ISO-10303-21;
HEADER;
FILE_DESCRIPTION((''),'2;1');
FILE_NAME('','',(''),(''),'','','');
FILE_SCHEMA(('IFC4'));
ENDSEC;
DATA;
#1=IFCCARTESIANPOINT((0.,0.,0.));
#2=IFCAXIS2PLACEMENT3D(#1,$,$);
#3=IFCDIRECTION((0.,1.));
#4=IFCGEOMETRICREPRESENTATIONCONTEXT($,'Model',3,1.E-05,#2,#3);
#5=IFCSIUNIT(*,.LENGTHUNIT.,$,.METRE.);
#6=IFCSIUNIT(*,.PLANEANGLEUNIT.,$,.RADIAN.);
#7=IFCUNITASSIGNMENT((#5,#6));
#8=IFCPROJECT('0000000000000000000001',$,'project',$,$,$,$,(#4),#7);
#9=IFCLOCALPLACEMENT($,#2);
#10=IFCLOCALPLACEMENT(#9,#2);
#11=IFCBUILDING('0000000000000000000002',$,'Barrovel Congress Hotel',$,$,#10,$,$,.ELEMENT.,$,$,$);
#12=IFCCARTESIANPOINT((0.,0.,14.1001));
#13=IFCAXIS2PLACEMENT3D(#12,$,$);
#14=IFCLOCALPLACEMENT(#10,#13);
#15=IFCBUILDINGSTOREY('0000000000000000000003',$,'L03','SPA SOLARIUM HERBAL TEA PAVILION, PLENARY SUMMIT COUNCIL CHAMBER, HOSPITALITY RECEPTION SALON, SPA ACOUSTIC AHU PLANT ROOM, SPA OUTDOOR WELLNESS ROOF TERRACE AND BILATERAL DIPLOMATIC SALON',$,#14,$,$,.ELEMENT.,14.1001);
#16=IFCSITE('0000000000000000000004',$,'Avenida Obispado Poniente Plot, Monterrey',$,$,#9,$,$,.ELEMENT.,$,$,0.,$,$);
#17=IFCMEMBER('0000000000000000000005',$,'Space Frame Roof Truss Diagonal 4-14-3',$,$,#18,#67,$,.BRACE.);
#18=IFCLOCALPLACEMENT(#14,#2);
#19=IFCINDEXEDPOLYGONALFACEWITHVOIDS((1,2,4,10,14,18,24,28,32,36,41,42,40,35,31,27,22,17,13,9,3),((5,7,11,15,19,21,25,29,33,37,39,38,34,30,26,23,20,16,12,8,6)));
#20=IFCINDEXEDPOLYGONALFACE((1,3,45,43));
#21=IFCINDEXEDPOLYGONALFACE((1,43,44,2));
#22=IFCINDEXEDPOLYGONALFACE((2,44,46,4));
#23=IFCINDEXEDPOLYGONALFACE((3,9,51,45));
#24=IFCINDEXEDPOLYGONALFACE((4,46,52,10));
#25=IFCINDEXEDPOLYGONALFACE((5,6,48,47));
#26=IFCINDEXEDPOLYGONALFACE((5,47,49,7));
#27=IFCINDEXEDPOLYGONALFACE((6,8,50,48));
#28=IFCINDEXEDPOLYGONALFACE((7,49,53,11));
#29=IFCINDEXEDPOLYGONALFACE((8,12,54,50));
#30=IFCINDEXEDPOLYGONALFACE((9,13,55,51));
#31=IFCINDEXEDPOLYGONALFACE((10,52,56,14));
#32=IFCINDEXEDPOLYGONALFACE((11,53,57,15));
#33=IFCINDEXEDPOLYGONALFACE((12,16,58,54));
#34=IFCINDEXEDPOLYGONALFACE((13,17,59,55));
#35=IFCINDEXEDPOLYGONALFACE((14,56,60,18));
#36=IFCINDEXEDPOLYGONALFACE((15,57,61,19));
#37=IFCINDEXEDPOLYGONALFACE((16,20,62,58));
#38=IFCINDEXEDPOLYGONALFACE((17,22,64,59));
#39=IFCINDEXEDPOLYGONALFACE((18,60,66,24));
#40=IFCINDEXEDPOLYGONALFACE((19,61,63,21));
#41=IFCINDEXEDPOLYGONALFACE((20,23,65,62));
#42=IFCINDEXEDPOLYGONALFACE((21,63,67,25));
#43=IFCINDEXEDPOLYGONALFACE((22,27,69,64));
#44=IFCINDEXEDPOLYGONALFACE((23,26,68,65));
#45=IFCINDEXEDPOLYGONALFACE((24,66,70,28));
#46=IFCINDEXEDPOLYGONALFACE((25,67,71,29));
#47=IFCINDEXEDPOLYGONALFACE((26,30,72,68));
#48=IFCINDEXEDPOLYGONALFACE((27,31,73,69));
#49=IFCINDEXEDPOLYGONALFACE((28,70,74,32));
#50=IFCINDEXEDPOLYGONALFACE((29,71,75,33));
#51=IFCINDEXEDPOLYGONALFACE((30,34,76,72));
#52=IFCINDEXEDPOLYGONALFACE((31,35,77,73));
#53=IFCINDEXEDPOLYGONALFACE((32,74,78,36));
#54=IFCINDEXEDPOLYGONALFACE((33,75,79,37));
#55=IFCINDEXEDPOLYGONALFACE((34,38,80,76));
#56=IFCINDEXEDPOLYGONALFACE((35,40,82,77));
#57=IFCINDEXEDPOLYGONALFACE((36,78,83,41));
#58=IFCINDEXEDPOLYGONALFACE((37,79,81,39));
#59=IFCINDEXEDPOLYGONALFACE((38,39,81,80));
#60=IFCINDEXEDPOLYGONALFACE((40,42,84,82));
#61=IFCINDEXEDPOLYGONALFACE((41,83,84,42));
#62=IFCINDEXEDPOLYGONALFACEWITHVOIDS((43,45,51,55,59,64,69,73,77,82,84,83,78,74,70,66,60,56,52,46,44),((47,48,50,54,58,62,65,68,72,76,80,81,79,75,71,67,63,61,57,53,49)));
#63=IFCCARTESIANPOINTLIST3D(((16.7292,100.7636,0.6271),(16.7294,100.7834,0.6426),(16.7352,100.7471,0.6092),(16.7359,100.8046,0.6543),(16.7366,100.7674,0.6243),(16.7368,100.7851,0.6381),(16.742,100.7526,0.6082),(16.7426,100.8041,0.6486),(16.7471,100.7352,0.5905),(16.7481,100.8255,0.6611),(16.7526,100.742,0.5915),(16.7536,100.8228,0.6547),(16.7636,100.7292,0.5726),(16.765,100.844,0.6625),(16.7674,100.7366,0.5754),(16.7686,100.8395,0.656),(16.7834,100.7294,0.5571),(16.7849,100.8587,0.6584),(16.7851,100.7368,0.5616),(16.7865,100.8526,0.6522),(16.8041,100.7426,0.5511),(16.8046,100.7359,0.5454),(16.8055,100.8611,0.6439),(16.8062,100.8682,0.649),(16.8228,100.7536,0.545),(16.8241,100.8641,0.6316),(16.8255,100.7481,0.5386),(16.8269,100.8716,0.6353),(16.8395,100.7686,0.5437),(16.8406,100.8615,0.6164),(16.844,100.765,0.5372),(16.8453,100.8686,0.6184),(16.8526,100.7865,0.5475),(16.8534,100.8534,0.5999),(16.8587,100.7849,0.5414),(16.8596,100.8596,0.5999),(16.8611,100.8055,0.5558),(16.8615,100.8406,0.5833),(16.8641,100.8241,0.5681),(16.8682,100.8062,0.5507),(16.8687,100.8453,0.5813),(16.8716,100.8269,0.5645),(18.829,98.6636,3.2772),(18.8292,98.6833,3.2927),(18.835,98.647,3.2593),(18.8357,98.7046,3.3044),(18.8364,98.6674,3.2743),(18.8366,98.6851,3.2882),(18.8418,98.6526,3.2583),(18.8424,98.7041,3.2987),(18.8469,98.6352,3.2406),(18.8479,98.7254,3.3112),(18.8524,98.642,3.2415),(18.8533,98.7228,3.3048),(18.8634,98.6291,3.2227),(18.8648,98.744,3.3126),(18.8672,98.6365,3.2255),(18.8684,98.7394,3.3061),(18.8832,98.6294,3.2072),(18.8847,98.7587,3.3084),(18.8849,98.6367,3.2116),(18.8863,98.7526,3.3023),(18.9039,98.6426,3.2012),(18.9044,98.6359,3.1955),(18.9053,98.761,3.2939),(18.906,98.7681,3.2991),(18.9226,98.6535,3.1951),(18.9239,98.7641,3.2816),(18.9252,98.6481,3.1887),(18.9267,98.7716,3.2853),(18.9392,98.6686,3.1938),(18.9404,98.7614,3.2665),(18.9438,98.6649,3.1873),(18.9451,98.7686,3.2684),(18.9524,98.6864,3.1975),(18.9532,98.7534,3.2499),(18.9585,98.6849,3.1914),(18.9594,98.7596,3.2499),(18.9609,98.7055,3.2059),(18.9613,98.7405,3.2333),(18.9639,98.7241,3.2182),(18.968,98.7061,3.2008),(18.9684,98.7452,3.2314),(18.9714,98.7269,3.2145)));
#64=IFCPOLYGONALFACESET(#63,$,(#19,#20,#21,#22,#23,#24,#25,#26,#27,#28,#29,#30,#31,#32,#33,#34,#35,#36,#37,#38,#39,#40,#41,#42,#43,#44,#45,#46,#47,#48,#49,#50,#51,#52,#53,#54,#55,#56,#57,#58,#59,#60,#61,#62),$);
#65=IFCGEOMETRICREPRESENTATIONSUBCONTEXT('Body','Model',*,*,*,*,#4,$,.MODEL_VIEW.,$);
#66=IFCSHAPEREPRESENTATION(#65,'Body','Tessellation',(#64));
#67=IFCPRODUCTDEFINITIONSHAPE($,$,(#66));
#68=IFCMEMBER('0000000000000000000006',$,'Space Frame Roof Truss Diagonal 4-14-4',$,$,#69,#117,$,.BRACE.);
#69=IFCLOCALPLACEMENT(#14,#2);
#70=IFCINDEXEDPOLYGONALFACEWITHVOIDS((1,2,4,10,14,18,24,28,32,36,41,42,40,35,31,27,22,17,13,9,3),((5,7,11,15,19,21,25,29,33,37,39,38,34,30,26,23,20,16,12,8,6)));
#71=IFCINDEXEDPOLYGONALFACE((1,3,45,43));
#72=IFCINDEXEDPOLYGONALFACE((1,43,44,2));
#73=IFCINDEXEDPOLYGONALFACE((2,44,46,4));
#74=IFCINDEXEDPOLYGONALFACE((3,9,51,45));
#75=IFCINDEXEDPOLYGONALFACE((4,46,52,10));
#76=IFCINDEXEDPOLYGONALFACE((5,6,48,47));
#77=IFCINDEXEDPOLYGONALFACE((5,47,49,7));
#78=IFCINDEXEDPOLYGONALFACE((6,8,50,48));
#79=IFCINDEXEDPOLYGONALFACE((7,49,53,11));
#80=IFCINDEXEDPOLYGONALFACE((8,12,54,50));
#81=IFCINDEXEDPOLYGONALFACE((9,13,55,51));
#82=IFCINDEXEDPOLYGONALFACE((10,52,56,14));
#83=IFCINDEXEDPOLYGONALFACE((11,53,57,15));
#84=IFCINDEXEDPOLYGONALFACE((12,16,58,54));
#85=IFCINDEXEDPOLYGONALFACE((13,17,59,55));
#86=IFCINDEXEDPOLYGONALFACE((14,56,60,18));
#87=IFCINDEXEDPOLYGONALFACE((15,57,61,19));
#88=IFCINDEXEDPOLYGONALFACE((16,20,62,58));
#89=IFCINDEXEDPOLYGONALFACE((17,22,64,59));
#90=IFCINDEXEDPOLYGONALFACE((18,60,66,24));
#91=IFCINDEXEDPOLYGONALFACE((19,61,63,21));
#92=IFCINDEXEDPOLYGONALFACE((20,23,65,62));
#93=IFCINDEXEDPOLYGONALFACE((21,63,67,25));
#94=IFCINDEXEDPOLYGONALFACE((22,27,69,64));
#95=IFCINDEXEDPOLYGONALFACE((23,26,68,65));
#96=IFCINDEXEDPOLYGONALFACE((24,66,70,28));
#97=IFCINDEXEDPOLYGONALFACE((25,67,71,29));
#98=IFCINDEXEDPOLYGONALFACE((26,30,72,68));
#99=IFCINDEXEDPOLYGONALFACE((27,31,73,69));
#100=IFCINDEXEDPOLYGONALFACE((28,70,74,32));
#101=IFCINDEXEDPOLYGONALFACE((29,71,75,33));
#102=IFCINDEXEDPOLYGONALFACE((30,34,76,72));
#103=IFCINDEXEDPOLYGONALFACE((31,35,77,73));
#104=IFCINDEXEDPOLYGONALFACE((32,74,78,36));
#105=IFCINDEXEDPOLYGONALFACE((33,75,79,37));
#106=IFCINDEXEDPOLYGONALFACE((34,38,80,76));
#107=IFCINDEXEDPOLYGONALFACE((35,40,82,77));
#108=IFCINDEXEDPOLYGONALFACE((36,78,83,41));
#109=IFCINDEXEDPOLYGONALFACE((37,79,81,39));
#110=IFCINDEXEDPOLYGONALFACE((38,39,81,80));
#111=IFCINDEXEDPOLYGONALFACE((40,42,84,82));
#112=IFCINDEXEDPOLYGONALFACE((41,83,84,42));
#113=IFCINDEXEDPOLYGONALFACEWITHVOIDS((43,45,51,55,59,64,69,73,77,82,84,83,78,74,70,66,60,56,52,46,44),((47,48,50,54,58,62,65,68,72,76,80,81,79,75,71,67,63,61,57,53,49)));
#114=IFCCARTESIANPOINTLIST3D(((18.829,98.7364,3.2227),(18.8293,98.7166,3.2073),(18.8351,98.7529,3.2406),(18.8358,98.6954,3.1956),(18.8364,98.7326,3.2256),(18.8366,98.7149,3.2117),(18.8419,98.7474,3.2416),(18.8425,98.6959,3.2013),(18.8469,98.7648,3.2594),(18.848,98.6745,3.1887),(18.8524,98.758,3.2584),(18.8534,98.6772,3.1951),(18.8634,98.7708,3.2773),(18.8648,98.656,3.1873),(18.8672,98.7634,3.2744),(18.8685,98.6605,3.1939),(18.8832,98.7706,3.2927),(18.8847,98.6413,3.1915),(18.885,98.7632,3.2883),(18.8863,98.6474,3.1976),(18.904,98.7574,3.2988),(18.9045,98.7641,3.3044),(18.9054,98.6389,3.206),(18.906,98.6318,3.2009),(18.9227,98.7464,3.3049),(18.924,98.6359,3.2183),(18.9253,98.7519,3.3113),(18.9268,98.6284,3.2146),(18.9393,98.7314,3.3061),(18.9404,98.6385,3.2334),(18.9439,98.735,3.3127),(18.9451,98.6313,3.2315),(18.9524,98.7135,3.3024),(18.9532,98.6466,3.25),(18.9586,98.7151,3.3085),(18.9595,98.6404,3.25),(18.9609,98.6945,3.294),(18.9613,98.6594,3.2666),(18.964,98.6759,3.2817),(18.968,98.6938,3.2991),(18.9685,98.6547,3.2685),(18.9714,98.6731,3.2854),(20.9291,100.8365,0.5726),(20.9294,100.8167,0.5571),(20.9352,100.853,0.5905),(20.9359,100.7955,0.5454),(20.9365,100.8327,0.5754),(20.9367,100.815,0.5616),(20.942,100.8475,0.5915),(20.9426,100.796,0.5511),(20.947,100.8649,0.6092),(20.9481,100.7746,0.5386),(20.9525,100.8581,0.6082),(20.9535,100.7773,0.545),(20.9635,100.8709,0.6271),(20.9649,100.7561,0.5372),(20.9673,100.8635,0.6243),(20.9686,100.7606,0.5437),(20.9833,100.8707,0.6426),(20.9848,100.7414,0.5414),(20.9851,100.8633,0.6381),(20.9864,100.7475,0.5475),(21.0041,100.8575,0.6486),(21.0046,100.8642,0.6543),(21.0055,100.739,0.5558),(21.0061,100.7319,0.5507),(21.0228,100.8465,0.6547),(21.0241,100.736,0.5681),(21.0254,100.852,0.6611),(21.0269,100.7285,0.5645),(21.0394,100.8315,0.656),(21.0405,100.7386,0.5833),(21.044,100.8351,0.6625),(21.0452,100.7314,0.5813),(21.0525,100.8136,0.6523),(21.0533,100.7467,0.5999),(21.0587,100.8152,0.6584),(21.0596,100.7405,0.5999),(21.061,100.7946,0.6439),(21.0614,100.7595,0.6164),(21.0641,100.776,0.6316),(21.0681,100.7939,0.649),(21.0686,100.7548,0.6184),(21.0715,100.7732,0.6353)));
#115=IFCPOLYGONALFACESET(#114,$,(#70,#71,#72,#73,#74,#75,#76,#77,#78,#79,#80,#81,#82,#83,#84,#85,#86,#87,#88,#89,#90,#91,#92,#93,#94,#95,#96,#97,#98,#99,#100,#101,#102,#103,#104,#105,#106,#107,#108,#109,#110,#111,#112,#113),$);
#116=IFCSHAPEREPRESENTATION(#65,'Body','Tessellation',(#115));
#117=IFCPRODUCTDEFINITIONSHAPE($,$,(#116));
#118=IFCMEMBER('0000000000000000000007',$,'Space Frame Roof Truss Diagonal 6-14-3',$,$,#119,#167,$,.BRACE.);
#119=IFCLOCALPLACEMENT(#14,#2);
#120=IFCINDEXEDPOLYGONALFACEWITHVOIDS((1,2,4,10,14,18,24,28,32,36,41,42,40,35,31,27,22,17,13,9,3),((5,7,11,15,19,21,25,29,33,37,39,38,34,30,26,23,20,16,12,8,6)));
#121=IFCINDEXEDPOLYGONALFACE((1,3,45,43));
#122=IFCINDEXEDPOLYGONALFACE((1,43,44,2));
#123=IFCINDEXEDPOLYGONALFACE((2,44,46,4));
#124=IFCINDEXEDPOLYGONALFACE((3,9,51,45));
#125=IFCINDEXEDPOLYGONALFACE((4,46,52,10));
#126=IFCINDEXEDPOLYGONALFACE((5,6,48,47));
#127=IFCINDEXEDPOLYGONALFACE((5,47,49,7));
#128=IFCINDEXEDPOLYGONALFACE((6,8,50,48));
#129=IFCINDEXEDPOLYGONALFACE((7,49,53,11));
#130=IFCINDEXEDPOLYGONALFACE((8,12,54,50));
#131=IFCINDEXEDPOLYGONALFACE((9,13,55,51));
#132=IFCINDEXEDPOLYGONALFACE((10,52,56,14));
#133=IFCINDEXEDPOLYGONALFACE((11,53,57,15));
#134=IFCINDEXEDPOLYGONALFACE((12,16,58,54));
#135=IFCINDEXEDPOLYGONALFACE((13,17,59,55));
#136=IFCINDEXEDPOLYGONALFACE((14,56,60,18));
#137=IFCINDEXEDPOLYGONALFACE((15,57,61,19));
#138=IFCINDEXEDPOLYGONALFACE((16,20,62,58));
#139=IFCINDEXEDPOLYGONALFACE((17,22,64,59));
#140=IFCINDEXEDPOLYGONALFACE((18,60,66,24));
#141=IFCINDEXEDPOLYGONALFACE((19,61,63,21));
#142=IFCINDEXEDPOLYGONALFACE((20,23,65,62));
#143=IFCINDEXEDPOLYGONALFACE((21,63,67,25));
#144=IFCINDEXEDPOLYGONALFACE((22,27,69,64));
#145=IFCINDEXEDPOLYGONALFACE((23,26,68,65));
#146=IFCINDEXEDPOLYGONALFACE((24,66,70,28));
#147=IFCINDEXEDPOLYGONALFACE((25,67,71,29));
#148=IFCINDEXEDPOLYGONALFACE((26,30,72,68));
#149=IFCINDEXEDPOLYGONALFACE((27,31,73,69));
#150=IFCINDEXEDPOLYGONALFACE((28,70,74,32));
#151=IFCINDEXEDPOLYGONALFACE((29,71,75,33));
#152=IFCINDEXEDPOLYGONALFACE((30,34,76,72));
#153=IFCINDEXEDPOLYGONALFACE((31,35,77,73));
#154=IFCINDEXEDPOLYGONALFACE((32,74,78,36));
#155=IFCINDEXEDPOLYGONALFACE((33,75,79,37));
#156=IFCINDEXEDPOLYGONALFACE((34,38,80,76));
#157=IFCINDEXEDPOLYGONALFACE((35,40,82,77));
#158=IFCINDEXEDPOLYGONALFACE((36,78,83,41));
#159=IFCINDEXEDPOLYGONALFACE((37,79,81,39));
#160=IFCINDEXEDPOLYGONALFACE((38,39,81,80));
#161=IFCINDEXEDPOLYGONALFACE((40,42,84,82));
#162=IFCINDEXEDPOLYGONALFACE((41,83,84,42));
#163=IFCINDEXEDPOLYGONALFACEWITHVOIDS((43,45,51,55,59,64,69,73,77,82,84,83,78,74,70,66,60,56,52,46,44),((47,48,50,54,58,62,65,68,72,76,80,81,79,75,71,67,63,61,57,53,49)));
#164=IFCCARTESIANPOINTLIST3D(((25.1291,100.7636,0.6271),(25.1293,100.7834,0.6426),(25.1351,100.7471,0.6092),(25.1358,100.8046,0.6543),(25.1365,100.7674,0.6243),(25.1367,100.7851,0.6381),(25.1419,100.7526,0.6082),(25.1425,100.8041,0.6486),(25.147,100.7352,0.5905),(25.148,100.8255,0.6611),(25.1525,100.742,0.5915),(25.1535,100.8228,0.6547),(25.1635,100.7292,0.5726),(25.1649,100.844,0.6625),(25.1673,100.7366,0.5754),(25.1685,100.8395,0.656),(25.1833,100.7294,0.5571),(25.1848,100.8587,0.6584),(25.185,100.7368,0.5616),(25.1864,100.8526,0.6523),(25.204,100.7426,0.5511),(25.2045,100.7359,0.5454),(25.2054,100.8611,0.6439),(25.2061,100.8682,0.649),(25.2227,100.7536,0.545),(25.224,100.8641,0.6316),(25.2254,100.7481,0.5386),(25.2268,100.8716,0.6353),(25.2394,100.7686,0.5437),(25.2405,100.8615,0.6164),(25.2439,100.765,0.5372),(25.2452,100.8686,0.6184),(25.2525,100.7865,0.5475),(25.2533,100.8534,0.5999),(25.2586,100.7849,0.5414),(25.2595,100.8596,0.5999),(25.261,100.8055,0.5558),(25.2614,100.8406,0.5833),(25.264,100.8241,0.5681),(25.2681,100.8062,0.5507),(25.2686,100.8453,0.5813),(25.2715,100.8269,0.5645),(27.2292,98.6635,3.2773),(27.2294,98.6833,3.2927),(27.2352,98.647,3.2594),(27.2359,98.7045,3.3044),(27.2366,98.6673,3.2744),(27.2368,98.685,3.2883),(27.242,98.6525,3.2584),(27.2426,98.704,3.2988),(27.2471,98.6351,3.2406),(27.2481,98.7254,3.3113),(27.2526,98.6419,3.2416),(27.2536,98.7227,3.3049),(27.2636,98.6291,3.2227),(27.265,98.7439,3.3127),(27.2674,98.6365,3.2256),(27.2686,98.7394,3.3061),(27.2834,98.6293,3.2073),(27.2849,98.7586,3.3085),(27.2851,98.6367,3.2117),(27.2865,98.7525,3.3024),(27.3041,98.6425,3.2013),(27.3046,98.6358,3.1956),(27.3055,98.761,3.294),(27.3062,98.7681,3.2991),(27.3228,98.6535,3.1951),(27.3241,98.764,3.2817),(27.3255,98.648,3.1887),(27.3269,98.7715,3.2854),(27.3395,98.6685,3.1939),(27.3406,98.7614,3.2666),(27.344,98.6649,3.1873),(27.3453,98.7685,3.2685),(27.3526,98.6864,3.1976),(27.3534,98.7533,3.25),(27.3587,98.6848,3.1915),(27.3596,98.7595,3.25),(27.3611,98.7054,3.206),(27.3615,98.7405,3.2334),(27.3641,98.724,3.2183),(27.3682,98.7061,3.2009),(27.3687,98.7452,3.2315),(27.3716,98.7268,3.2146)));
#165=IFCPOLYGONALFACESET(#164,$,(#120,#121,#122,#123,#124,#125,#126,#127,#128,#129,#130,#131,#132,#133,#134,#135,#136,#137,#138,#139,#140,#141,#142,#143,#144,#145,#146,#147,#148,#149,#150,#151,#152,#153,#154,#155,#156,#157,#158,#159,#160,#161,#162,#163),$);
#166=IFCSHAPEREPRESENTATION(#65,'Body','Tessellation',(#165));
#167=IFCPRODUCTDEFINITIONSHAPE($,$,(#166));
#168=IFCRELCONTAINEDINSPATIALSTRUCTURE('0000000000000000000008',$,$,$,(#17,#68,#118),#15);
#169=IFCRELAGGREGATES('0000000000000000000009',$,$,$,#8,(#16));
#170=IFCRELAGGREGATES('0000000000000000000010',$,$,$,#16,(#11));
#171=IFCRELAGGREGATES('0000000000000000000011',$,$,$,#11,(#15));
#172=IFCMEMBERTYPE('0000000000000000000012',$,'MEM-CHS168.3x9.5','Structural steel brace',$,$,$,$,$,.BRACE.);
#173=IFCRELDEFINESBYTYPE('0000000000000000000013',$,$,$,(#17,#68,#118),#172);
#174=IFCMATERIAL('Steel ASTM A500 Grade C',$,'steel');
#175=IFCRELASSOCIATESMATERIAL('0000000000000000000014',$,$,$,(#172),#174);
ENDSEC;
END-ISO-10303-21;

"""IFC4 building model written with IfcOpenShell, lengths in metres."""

from ifc_helpers import new_model, si_unit, direction, frame, origin, origin_2d, place, context, subcontext, project, spatial, hollow_circle, extrude, material, material_profile, profile_set, type_object, element, save


model = new_model("IFC4")

# Units and contexts
model_context = context("Model", 3, precision=1e-05, world=origin(), true_north=direction((0.0, 1.0)))
body_context = subcontext(model_context, "Body", "Model", "MODEL_VIEW")
ifc_project = project(units=[si_unit("LENGTHUNIT", "METRE"), si_unit("PLANEANGLEUNIT", "RADIAN")], contexts=[model_context])

# Site, building, storey
site_placement = place(None, origin())
site = spatial("IfcSite", under=ifc_project, at=site_placement, Name="Avenida Obispado Poniente Plot, Monterrey", CompositionType="ELEMENT", RefElevation=0.0)
building_placement = place(site_placement, origin())
building = spatial("IfcBuilding", under=site, at=building_placement, Name="Barrovel Congress Hotel", CompositionType="ELEMENT")
storey_placement = place(building_placement, frame((0.0, 0.0, 14.1001)))
storey = spatial("IfcBuildingStorey", under=building, at=storey_placement, Name="L03", Description="SPA SOLARIUM HERBAL TEA PAVILION, PLENARY SUMMIT COUNCIL CHAMBER, HOSPITALITY RECEPTION SALON, SPA ACOUSTIC AHU PLANT ROOM, SPA OUTDOOR WELLNESS ROOF TERRACE AND BILATERAL DIPLOMATIC SALON", CompositionType="ELEMENT", Elevation=14.1001)

# Members
ifc_material_1 = material(Name="Steel ASTM A500 Grade C", Category="steel")
ifc_material_profile_1 = material_profile(ifc_material_1, hollow_circle(Radius=0.0842, WallThickness=0.0088, at=origin_2d()), Name="CHS168.3x9.5")
ifc_profile_set_1 = profile_set([ifc_material_profile_1], Name="Steel ASTM A500 Grade C")
member_type_1 = type_object("IfcMemberType", Name="MEM-CHS168.3x9.5", Description="Structural steel brace", PredefinedType="BRACE", material=ifc_profile_set_1)
member_1_placement = place(storey_placement, frame((16.8, 100.8, 0.5999), z_axis=(0.527557, -0.527618, 0.66581), x_axis=(0.707148, 0.707066, 0.0)))
element("IfcMember", 1, at=member_1_placement, inside=storey, type_object=member_type_1, Name="Space Frame Roof Truss Diagonal 4-14-3", PredefinedType="BRACE", context=body_context, shape_type="SweptSolid", body=[
    extrude(hollow_circle(Radius=0.0842, WallThickness=0.0088, at=origin_2d()), origin(), (0.0, 0.0, 1.0), 3.9802),
])
for number, where, z_axis, x_axis, name in (
    (2, (21.0, 100.8, 0.5999), (-0.527601, -0.527601, 0.665788), (0.707107, -0.707107, 0.0), "Space Frame Roof Truss Diagonal 4-14-4"),
    (3, (25.2, 100.8, 0.5999), (0.527601, -0.527601, 0.665788), (0.707107, 0.707107, 0.0), "Space Frame Roof Truss Diagonal 6-14-3"),
):
    element("IfcMember", number, at=place(storey_placement, frame(where, z_axis=z_axis, x_axis=x_axis)), inside=storey, type_object=member_type_1, Name=name, PredefinedType="BRACE", context=body_context, shape_type="SweptSolid", body=[
        extrude(hollow_circle(Radius=0.0842, WallThickness=0.0088, at=origin_2d()), origin(), (0.0, 0.0, 1.0), 3.9805),
    ])

save(model, "model.ifc")
